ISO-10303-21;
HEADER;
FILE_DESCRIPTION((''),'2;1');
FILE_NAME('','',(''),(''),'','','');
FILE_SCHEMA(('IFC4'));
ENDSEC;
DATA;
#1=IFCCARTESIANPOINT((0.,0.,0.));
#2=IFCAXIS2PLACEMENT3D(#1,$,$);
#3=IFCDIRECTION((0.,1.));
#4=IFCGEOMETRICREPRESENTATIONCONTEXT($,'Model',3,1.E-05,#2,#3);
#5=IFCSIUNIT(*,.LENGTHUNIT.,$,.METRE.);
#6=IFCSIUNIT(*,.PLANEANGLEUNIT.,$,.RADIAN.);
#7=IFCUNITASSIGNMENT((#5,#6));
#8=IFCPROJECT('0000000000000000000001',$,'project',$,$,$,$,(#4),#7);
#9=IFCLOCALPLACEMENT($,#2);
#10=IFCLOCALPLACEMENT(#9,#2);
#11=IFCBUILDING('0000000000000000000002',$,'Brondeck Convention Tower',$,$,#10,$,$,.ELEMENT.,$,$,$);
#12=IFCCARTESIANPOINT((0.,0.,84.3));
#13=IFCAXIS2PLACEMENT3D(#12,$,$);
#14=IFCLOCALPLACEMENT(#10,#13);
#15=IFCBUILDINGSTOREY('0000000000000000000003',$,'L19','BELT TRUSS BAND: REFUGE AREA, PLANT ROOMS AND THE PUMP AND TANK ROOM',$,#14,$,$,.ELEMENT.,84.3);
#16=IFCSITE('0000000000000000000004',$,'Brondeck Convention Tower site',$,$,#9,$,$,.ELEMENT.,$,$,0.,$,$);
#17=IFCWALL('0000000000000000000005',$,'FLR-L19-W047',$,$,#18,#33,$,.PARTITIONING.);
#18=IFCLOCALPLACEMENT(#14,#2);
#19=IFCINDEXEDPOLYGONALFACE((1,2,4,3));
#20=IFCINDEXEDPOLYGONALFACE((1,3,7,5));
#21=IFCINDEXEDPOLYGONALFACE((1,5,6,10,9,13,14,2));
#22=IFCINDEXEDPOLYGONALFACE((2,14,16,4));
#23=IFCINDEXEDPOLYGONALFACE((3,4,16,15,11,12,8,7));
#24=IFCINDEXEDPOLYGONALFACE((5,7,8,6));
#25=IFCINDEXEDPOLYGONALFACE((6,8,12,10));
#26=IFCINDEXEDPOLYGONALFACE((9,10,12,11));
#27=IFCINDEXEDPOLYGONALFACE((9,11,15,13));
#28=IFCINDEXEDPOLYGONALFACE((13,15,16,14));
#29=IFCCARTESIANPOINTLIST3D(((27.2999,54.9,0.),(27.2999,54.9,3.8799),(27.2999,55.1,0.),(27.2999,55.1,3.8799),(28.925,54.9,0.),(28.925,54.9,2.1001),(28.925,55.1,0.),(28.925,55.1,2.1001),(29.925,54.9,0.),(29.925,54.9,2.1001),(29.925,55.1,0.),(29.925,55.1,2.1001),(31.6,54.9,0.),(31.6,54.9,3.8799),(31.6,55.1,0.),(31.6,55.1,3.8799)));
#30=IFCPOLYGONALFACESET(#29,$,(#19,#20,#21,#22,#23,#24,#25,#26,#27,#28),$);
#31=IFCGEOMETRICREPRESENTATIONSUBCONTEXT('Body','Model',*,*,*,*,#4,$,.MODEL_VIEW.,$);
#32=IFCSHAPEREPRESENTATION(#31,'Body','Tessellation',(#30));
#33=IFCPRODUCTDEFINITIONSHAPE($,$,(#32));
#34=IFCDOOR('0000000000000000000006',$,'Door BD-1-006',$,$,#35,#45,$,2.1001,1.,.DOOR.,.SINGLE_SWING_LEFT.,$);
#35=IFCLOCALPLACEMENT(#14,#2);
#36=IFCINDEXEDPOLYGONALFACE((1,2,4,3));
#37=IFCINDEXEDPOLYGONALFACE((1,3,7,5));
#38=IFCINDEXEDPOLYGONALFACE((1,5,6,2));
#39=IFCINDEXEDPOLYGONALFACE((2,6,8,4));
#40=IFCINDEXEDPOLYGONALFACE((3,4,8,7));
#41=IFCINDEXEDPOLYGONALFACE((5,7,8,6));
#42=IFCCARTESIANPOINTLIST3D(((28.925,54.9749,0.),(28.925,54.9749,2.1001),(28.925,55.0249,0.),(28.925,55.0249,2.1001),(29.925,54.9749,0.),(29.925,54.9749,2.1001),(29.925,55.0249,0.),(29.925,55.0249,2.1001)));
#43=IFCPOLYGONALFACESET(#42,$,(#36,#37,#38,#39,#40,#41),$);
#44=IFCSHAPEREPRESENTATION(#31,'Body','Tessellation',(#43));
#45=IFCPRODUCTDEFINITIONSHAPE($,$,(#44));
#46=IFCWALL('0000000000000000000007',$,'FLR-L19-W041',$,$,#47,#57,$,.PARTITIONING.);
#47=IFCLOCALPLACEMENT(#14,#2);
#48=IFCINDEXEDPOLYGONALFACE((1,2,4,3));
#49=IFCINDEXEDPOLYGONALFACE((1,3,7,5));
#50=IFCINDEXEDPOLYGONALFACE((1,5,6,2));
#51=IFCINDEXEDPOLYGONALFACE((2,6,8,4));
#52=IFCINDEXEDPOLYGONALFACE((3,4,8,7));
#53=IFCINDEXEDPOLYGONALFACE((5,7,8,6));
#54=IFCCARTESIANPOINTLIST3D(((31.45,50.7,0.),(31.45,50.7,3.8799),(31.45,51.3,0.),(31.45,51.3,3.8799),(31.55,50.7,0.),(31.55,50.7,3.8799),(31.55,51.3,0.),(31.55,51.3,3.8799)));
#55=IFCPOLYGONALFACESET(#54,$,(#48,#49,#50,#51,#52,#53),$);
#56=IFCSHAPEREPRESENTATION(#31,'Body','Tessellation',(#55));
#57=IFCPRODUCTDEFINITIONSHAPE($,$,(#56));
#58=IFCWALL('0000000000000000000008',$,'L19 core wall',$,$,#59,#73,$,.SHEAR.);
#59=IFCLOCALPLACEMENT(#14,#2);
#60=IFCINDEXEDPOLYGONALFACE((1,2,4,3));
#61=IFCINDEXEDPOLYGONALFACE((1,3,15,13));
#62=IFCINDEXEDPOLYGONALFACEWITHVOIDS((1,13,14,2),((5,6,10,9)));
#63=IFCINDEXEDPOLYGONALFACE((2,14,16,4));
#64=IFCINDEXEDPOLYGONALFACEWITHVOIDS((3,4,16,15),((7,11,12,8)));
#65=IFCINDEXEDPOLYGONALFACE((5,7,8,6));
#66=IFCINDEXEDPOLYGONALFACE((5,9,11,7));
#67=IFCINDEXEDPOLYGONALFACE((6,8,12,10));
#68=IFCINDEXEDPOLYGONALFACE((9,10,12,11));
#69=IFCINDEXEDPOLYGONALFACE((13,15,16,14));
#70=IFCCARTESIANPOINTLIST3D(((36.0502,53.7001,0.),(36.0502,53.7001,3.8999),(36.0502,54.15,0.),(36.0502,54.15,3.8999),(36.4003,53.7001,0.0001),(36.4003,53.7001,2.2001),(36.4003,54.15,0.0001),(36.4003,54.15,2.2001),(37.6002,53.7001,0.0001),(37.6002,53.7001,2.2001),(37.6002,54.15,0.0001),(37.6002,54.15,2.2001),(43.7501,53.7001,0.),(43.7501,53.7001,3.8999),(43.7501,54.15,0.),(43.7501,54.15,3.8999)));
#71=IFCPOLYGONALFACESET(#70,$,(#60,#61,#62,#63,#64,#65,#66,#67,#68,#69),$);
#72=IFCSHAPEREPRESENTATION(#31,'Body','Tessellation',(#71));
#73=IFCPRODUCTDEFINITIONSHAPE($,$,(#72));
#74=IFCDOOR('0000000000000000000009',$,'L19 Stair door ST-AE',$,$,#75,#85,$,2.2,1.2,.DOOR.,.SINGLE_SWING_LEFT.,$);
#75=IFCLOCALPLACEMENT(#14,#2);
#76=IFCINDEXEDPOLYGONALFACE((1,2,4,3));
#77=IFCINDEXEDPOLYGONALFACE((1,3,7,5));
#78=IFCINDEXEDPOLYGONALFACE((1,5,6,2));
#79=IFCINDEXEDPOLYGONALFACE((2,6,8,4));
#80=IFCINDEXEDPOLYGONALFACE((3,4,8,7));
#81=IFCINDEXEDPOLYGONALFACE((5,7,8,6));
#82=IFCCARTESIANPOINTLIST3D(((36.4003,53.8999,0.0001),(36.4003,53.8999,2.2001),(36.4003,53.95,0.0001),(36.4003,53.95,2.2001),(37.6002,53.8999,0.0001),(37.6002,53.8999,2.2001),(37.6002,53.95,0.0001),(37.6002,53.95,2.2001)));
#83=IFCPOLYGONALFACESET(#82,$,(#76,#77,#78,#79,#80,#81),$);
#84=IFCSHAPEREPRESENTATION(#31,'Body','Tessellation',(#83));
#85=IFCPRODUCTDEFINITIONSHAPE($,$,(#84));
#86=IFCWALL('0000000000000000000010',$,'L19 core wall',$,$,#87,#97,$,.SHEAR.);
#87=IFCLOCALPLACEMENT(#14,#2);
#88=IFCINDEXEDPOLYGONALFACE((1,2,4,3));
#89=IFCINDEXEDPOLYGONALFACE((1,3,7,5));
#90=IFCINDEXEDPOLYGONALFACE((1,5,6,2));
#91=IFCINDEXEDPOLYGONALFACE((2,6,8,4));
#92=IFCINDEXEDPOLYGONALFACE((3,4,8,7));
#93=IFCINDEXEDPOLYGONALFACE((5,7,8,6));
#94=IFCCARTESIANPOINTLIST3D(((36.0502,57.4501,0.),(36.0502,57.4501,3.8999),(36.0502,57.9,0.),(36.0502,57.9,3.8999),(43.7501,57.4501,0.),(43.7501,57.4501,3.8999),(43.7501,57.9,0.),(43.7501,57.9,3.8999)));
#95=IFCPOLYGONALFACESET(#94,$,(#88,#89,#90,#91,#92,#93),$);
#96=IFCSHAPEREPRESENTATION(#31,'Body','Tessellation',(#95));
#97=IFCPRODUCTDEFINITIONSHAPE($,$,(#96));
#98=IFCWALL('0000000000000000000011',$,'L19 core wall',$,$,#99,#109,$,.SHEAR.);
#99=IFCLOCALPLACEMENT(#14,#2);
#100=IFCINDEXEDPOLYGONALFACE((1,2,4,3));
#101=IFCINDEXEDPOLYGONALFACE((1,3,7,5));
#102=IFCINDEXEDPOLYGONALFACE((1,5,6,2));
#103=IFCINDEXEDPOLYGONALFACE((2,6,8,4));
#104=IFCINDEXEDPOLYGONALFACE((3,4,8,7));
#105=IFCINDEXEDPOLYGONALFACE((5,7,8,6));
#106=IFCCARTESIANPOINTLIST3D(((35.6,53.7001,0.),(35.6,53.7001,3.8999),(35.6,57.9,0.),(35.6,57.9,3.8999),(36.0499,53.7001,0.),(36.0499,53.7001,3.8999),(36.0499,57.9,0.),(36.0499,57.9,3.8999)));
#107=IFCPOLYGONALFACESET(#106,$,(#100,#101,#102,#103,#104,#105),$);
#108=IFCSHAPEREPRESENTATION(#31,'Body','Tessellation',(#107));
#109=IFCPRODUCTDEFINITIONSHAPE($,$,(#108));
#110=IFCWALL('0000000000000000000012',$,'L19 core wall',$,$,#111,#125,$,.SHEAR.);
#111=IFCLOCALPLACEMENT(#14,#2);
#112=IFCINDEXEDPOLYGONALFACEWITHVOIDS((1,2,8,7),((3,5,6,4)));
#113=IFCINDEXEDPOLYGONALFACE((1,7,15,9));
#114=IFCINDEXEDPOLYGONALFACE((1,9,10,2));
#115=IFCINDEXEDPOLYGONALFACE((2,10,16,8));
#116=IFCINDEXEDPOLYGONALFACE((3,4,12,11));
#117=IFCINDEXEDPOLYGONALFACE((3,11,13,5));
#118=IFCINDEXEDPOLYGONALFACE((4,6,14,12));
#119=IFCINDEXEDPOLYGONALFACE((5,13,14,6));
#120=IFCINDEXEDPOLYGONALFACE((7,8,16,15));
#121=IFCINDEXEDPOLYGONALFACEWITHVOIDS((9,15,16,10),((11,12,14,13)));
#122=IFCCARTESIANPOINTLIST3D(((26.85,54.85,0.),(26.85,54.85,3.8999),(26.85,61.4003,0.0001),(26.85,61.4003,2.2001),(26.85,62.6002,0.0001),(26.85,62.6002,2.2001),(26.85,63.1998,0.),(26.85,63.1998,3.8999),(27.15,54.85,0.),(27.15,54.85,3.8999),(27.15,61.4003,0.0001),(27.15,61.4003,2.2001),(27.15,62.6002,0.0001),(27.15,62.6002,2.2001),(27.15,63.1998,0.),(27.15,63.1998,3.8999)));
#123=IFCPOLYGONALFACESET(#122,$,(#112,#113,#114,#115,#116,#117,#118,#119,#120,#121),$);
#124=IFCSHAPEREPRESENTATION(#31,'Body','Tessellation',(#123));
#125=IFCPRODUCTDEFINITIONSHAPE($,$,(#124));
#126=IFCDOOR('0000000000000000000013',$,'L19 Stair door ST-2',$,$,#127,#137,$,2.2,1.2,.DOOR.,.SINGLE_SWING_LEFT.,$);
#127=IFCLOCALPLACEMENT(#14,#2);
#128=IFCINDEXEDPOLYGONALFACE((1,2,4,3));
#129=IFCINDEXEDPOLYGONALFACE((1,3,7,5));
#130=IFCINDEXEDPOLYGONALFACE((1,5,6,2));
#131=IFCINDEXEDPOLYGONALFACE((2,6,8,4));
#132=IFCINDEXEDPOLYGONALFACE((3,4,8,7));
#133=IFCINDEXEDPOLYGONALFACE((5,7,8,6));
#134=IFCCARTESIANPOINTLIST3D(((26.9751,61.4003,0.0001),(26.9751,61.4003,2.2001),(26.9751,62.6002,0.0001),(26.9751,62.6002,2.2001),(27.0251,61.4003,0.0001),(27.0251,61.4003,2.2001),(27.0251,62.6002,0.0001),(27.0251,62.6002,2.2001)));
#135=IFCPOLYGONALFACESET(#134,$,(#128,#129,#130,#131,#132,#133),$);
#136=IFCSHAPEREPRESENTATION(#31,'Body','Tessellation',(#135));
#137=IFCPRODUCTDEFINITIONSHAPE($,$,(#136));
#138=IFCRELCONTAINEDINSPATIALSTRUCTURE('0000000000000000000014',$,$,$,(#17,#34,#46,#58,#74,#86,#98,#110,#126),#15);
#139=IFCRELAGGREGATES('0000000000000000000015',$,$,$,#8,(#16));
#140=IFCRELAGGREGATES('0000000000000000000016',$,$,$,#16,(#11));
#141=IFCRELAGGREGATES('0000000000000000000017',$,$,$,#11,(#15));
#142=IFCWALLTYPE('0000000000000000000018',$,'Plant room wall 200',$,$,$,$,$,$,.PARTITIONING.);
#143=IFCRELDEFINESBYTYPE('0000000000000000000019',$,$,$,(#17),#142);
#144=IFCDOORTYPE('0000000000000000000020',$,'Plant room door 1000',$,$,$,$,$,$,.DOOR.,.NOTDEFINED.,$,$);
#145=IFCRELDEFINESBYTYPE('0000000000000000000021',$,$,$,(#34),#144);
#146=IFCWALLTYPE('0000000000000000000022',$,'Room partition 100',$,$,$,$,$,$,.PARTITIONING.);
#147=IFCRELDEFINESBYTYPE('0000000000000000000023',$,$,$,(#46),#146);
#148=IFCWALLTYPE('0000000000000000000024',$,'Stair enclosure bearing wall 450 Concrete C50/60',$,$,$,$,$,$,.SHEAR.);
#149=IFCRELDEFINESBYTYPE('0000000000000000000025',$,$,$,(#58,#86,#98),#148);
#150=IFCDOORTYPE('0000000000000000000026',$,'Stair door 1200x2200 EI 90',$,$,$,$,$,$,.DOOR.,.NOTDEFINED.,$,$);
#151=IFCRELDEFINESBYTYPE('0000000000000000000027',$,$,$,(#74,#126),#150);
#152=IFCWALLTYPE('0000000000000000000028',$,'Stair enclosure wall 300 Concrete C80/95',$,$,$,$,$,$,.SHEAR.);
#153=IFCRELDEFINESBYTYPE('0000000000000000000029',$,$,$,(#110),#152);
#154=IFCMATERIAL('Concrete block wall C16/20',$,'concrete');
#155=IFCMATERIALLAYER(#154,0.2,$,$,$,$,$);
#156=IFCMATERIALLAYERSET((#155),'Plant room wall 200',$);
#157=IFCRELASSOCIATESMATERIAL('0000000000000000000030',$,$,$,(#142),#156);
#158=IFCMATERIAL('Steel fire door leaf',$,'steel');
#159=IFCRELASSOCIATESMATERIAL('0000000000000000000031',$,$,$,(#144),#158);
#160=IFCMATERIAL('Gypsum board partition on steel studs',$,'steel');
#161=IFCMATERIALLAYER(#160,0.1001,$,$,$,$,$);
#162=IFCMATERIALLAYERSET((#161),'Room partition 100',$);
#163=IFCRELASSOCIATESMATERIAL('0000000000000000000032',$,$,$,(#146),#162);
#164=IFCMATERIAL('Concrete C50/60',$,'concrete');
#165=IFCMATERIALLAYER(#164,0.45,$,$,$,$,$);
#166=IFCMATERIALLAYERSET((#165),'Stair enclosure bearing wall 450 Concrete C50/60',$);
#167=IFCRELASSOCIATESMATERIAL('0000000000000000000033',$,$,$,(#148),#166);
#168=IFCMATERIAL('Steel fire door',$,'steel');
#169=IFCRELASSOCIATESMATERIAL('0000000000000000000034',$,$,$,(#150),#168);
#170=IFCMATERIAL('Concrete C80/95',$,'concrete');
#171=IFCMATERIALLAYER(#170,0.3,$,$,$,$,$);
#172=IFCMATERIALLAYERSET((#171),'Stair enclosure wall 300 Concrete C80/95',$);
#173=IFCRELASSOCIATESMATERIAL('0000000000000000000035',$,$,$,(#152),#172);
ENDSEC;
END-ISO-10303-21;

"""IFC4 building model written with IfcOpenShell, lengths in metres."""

from ifc_helpers import new_model, si_unit, direction, frame, frame_2d, origin, place, context, subcontext, project, spatial, rectangle, extrude, material, layer, layer_set, type_object, element, fill, save


model = new_model("IFC4")

# Units and contexts
model_context = context("Model", 3, precision=1e-05, world=origin(), true_north=direction((0.0, 1.0)))
body_context = subcontext(model_context, "Body", "Model", "MODEL_VIEW")
ifc_project = project(units=[si_unit("LENGTHUNIT", "METRE"), si_unit("PLANEANGLEUNIT", "RADIAN")], contexts=[model_context])

# Site, building, storey
site_placement = place(None, origin())
site = spatial("IfcSite", under=ifc_project, at=site_placement, Name="Brondeck Convention Tower site", CompositionType="ELEMENT", RefElevation=0.0)
building_placement = place(site_placement, origin())
building = spatial("IfcBuilding", under=site, at=building_placement, Name="Brondeck Convention Tower", CompositionType="ELEMENT")
storey_placement = place(building_placement, frame((0.0, 0.0, 84.3)))
storey = spatial("IfcBuildingStorey", under=building, at=storey_placement, Name="L19", Description="BELT TRUSS BAND: REFUGE AREA, PLANT ROOMS AND THE PUMP AND TANK ROOM", CompositionType="ELEMENT", Elevation=84.3)

# Shared definitions
ifc_material_1 = material(Name="Concrete C80/95", Category="concrete")

# Shared definitions
ifc_material_2 = material(Name="Concrete block wall C16/20", Category="concrete")
ifc_layer_1 = layer(ifc_material_2, 0.2)
ifc_layer_set_1 = layer_set([ifc_layer_1], Name="Plant room wall 200")
wall_type_1 = type_object("IfcWallType", Name="Plant room wall 200", PredefinedType="PARTITIONING", material=ifc_layer_set_1)

# Shared definitions
ifc_material_3 = material(Name="Steel fire door leaf", Category="steel")
door_type_1 = type_object("IfcDoorType", Name="Plant room door 1000", OperationType="NOTDEFINED", PredefinedType="DOOR", material=ifc_material_3)

# Wall, opening, door
wall_1_placement = place(storey_placement, frame((27.3, 55.0, 0.0), z_axis=(0.0, 0.0, 1.0), x_axis=(1.0, 0.0, 0.0)))
wall_1 = element("IfcWall", 1, at=wall_1_placement, inside=storey, type_object=wall_type_1, Name="FLR-L19-W047", PredefinedType="PARTITIONING", context=body_context, shape_type="SweptSolid", body=[
    extrude(rectangle(XDim=4.3, YDim=0.2, at=frame_2d((2.1499, 0.0))), origin(), (0.0, 0.0, 1.0), 3.8799),
])
opening_1_placement = place(wall_1_placement, frame((1.625, 0.0, 0.0)))
opening_1 = element("IfcOpeningElement", 2, at=opening_1_placement, cuts=wall_1, PredefinedType="OPENING", context=body_context, shape_type="SweptSolid", body=[
    extrude(rectangle(XDim=1.0, YDim=2.1001, at=frame_2d((0.5, 1.05))), frame((0.0, 0.1099, 0.0), z_axis=(0.0, -1.0, 0.0), x_axis=(1.0, 0.0, 0.0)), (0.0, 0.0, 1.0), 0.22),
])
door_1_placement = place(opening_1_placement, origin())
door_1 = element("IfcDoor", 3, at=door_1_placement, inside=storey, type_object=door_type_1, Name="Door BD-1-006", OperationType="SINGLE_SWING_LEFT", OverallHeight=2.1001, OverallWidth=1.0, PredefinedType="DOOR", context=body_context, shape_type="SweptSolid", body=[
    extrude(rectangle(XDim=1.0, YDim=2.1001, at=frame_2d((0.5, 1.05))), frame((0.0, 0.0249, 0.0), z_axis=(0.0, -1.0, 0.0), x_axis=(1.0, 0.0, 0.0)), (0.0, 0.0, 1.0), 0.05),
])
fill(opening_1, door_1)

# Wall
ifc_material_4 = material(Name="Gypsum board partition on steel studs", Category="steel")
ifc_layer_2 = layer(ifc_material_4, 0.1001)
ifc_layer_set_2 = layer_set([ifc_layer_2], Name="Room partition 100")
wall_type_2 = type_object("IfcWallType", Name="Room partition 100", PredefinedType="PARTITIONING", material=ifc_layer_set_2)
wall_2_placement = place(storey_placement, frame((31.5, 51.3, 0.0), z_axis=(0.0, 0.0, 1.0), x_axis=(0.0, -1.0, 0.0)))
element("IfcWall", 4, at=wall_2_placement, inside=storey, type_object=wall_type_2, Name="FLR-L19-W041", PredefinedType="PARTITIONING", context=body_context, shape_type="SweptSolid", body=[
    extrude(rectangle(XDim=0.6001, YDim=0.1001, at=frame_2d((0.3, 0.0))), origin(), (0.0, 0.0, 1.0), 3.8799),
])

# Wall, opening, door
ifc_material_5 = material(Name="Concrete C50/60", Category="concrete")
ifc_layer_3 = layer(ifc_material_5, 0.45)
ifc_layer_set_3 = layer_set([ifc_layer_3], Name="Stair enclosure bearing wall 450 Concrete C50/60")
wall_type_3 = type_object("IfcWallType", Name="Stair enclosure bearing wall 450 Concrete C50/60", PredefinedType="SHEAR", material=ifc_layer_set_3)
wall_3_placement = place(storey_placement, frame((36.05, 53.925, 0.0), z_axis=(0.0, 0.0, 1.0), x_axis=(1.0, 0.0, 0.0)))
wall_3 = element("IfcWall", 5, at=wall_3_placement, inside=storey, type_object=wall_type_3, Name="L19 core wall", PredefinedType="SHEAR", context=body_context, shape_type="SweptSolid", body=[
    extrude(rectangle(XDim=7.7, YDim=0.45, at=frame_2d((3.8501, 0.0))), origin(), (0.0, 0.0, 1.0), 3.8999),
])
opening_2_placement = place(wall_3_placement, frame((0.3501, 0.0, 0.0)))
opening_2 = element("IfcOpeningElement", 6, at=opening_2_placement, cuts=wall_3, PredefinedType="OPENING", context=body_context, shape_type="SweptSolid", body=[
    extrude(rectangle(XDim=1.2, YDim=2.2, at=frame_2d((0.6001, 1.1001))), frame((0.0, 0.2349, 0.0), z_axis=(0.0, -1.0, 0.0), x_axis=(1.0, 0.0, 0.0)), (0.0, 0.0, 1.0), 0.47),
])
ifc_material_6 = material(Name="Steel fire door", Category="steel")
door_type_2 = type_object("IfcDoorType", Name="Stair door 1200x2200 EI 90", OperationType="NOTDEFINED", PredefinedType="DOOR", material=ifc_material_6)
door_2_placement = place(opening_2_placement, origin())
door_2 = element("IfcDoor", 7, at=door_2_placement, inside=storey, type_object=door_type_2, Name="L19 Stair door ST-AE", OperationType="SINGLE_SWING_LEFT", OverallHeight=2.2, OverallWidth=1.2, PredefinedType="DOOR", context=body_context, shape_type="SweptSolid", body=[
    extrude(rectangle(XDim=1.2, YDim=2.2, at=frame_2d((0.6001, 1.1001))), frame((0.0, 0.0249, 0.0), z_axis=(0.0, -1.0, 0.0), x_axis=(1.0, 0.0, 0.0)), (0.0, 0.0, 1.0), 0.05),
])
fill(opening_2, door_2)

# Walls
wall_4_placement = place(storey_placement, frame((36.05, 57.675, 0.0), z_axis=(0.0, 0.0, 1.0), x_axis=(1.0, 0.0, 0.0)))
element("IfcWall", 8, at=wall_4_placement, inside=storey, type_object=wall_type_3, Name="L19 core wall", PredefinedType="SHEAR", context=body_context, shape_type="SweptSolid", body=[
    extrude(rectangle(XDim=7.7, YDim=0.45, at=frame_2d((3.8501, 0.0))), origin(), (0.0, 0.0, 1.0), 3.8999),
])
wall_5_placement = place(storey_placement, frame((35.825, 53.7, 0.0), z_axis=(0.0, 0.0, 1.0), x_axis=(0.0, 1.0, 0.0)))
element("IfcWall", 9, at=wall_5_placement, inside=storey, type_object=wall_type_3, Name="L19 core wall", PredefinedType="SHEAR", context=body_context, shape_type="SweptSolid", body=[
    extrude(rectangle(XDim=4.2, YDim=0.45, at=frame_2d((2.1001, 0.0))), origin(), (0.0, 0.0, 1.0), 3.8999),
])

# Wall, opening, door
ifc_layer_4 = layer(ifc_material_1, 0.3)
ifc_layer_set_4 = layer_set([ifc_layer_4], Name="Stair enclosure wall 300 Concrete C80/95")
wall_type_4 = type_object("IfcWallType", Name="Stair enclosure wall 300 Concrete C80/95", PredefinedType="SHEAR", material=ifc_layer_set_4)
wall_6_placement = place(storey_placement, frame((27.0, 54.8501, 0.0), z_axis=(0.0, 0.0, 1.0), x_axis=(0.0, 1.0, 0.0)))
wall_6 = element("IfcWall", 10, at=wall_6_placement, inside=storey, type_object=wall_type_4, Name="L19 core wall", PredefinedType="SHEAR", context=body_context, shape_type="SweptSolid", body=[
    extrude(rectangle(XDim=8.3499, YDim=0.3, at=frame_2d((4.1748, 0.0))), origin(), (0.0, 0.0, 1.0), 3.8999),
])
opening_3_placement = place(wall_6_placement, frame((6.55, 0.0, 0.0)))
opening_3 = element("IfcOpeningElement", 11, at=opening_3_placement, cuts=wall_6, PredefinedType="OPENING", context=body_context, shape_type="SweptSolid", body=[
    extrude(rectangle(XDim=1.2, YDim=2.2, at=frame_2d((0.6001, 1.1001))), frame((0.0, 0.1599, 0.0), z_axis=(0.0, -1.0, 0.0), x_axis=(1.0, 0.0, 0.0)), (0.0, 0.0, 1.0), 0.3201),
])
door_3_placement = place(opening_3_placement, origin())
door_3 = element("IfcDoor", 12, at=door_3_placement, inside=storey, type_object=door_type_2, Name="L19 Stair door ST-2", OperationType="SINGLE_SWING_LEFT", OverallHeight=2.2, OverallWidth=1.2, PredefinedType="DOOR", context=body_context, shape_type="SweptSolid", body=[
    extrude(rectangle(XDim=1.2, YDim=2.2, at=frame_2d((0.6001, 1.1001))), frame((0.0, 0.0249, 0.0), z_axis=(0.0, -1.0, 0.0), x_axis=(1.0, 0.0, 0.0)), (0.0, 0.0, 1.0), 0.05),
])
fill(opening_3, door_3)

save(model, "model.ifc")
